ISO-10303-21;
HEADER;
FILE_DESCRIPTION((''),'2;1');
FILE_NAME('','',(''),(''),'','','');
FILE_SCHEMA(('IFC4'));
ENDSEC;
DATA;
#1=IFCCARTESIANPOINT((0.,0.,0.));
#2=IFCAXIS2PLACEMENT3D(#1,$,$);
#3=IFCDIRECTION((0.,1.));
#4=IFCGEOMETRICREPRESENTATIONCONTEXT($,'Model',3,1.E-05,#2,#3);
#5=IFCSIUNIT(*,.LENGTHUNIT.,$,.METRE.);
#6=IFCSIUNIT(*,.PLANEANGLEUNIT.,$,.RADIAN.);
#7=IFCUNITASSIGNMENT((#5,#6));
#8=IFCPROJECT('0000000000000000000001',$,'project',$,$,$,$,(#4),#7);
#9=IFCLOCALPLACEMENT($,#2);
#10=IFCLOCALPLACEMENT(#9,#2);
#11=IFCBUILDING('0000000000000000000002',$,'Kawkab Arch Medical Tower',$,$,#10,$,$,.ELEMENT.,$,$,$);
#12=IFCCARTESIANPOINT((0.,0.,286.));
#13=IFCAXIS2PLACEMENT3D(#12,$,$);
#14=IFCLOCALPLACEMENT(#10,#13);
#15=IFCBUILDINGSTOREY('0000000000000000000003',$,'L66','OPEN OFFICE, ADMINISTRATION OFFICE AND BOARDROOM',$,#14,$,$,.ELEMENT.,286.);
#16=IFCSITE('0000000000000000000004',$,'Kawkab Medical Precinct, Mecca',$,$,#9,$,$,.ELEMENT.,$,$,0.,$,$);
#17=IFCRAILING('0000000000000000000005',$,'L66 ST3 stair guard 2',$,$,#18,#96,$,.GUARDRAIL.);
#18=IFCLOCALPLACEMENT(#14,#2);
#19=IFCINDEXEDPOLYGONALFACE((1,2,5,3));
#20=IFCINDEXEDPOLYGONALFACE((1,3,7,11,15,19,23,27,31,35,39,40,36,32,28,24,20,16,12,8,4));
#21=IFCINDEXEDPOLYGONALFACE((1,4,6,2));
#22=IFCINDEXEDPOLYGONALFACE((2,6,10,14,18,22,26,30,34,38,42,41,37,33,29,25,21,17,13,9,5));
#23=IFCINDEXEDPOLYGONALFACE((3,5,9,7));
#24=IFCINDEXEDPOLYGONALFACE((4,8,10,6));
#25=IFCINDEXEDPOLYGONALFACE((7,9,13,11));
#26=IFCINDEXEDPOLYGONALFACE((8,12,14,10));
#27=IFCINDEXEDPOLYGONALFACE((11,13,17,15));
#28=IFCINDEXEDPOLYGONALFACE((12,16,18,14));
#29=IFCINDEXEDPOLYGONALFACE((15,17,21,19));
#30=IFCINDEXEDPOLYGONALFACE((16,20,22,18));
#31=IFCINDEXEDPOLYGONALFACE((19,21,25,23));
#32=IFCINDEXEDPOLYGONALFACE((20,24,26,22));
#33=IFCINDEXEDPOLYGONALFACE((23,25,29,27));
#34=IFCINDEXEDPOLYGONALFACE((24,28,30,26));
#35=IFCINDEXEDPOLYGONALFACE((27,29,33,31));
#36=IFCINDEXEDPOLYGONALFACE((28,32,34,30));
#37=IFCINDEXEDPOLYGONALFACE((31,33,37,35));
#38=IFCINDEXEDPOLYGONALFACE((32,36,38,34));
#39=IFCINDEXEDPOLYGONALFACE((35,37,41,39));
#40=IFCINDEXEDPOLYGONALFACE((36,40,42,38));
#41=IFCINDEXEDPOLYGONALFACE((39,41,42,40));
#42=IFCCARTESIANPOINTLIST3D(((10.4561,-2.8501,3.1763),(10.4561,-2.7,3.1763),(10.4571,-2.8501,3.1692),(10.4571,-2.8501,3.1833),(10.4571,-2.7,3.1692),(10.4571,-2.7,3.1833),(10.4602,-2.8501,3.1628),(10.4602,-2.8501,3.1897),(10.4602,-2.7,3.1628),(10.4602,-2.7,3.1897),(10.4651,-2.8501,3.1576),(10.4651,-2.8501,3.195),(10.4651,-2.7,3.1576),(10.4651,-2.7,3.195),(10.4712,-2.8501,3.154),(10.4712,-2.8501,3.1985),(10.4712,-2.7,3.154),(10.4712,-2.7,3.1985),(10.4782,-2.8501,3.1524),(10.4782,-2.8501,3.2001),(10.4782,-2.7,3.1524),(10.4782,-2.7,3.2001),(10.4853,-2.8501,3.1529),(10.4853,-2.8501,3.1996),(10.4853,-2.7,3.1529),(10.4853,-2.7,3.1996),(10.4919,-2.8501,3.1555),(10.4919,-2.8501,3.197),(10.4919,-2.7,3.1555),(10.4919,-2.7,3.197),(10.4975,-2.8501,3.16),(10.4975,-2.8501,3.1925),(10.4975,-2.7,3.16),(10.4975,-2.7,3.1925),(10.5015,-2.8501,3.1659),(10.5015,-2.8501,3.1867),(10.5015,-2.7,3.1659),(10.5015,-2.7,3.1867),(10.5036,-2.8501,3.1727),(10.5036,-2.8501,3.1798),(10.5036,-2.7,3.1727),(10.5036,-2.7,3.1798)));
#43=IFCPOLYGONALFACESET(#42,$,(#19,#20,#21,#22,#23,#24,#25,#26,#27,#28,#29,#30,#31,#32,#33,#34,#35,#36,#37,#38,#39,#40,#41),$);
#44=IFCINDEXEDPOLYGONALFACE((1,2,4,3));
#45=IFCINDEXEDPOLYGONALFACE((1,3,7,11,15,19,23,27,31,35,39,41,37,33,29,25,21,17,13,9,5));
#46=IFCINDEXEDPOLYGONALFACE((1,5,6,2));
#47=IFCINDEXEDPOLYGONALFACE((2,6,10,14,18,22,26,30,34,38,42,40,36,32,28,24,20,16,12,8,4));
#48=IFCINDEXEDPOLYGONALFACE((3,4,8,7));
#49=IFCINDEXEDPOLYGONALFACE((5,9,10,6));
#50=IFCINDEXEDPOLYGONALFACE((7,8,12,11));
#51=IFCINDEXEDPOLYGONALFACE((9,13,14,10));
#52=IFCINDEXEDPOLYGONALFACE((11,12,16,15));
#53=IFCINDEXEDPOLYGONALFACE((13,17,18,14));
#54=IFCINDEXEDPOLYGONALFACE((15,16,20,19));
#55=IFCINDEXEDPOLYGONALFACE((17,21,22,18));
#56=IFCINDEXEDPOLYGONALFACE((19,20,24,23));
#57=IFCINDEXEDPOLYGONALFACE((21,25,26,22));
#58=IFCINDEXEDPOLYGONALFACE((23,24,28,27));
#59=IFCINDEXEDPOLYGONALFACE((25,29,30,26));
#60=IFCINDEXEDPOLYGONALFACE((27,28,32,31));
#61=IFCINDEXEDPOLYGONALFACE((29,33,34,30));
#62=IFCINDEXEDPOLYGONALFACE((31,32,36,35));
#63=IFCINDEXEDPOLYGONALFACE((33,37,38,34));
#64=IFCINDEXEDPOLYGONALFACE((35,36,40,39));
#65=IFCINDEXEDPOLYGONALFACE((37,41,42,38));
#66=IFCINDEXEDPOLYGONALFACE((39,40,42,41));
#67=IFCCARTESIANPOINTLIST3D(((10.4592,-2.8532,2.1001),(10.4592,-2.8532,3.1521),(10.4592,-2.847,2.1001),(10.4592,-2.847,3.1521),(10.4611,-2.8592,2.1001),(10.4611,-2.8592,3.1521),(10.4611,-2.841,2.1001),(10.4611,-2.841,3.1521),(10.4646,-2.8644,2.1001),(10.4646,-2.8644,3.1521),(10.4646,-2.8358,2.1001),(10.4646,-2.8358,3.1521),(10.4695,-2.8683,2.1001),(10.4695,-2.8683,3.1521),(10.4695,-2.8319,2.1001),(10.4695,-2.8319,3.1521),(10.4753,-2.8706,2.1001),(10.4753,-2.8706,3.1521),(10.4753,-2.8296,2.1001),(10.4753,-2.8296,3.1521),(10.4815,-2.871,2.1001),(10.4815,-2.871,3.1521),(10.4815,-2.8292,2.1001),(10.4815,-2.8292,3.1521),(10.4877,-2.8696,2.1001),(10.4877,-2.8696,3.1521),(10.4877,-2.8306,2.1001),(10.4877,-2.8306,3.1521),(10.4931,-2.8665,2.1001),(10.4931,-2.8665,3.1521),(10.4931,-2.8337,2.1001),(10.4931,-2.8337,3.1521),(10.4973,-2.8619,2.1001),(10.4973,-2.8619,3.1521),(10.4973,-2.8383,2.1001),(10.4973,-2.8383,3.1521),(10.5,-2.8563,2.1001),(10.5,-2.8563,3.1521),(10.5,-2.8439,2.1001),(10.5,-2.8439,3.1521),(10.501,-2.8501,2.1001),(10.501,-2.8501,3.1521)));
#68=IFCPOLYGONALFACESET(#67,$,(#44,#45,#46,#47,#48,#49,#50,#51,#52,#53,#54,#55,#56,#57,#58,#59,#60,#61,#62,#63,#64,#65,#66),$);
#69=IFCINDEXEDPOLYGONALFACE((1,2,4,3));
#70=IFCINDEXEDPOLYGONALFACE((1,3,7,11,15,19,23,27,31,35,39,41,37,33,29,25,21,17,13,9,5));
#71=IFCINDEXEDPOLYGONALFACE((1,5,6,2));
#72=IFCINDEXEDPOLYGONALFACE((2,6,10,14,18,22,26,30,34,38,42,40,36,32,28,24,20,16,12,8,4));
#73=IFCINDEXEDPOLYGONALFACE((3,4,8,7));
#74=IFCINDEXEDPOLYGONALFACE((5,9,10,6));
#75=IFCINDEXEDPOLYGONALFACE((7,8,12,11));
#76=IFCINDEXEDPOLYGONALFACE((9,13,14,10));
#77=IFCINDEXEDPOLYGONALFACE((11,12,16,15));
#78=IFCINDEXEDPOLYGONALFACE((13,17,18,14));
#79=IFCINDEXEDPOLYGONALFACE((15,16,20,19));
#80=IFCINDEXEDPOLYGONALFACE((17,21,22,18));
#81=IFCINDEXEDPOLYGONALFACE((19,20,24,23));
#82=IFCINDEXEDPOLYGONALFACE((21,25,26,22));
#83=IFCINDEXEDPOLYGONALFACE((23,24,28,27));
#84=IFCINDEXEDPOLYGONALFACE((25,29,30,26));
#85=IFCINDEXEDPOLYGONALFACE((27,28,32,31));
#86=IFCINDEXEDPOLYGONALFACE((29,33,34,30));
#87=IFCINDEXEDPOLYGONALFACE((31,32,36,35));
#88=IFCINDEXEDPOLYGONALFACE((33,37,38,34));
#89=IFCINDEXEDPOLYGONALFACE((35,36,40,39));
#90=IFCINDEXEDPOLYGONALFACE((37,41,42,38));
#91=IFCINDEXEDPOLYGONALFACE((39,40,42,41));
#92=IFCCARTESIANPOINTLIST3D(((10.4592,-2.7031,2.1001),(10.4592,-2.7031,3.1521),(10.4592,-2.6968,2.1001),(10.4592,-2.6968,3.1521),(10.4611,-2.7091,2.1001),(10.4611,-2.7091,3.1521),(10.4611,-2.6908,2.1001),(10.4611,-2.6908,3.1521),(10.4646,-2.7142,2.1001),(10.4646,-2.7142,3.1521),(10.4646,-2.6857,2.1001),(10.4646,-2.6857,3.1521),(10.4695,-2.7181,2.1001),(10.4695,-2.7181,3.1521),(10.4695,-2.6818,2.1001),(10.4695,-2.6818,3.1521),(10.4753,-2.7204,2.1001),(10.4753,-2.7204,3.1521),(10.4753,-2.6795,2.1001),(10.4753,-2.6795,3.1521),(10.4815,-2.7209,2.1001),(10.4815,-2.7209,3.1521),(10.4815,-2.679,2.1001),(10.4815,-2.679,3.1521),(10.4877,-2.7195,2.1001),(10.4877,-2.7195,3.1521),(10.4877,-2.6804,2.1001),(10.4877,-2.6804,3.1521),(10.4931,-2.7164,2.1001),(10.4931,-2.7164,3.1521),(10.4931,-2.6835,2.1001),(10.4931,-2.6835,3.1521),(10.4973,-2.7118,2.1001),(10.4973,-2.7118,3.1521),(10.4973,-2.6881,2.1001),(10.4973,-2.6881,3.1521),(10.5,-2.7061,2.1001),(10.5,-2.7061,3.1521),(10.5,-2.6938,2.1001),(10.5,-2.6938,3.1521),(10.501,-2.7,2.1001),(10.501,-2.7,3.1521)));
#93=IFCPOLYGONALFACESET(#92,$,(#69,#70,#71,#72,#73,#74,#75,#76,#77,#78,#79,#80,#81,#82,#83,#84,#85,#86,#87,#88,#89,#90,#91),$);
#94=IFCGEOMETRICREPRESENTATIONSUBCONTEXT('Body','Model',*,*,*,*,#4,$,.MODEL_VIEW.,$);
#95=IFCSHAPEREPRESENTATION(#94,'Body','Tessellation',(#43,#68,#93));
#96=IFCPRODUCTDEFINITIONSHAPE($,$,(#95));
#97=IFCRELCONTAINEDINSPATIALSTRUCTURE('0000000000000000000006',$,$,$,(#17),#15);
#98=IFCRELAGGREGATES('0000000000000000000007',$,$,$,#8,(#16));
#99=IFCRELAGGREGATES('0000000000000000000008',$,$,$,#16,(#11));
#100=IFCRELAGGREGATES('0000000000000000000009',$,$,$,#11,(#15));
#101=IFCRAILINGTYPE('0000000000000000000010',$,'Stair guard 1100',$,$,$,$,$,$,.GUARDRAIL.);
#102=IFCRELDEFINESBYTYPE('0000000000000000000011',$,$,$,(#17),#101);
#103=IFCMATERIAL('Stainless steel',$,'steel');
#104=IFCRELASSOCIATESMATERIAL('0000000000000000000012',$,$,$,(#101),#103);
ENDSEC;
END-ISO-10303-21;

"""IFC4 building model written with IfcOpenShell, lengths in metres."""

from ifc_helpers import new_model, si_unit, direction, frame, origin, origin_2d, place, context, subcontext, project, spatial, circle, extrude, material, type_object, element, save


model = new_model("IFC4")

# Units and contexts
model_context = context("Model", 3, precision=1e-05, world=origin(), true_north=direction((0.0, 1.0)))
body_context = subcontext(model_context, "Body", "Model", "MODEL_VIEW")
ifc_project = project(units=[si_unit("LENGTHUNIT", "METRE"), si_unit("PLANEANGLEUNIT", "RADIAN")], contexts=[model_context])

# Site, building, storey
site_placement = place(None, origin())
site = spatial("IfcSite", under=ifc_project, at=site_placement, Name="Kawkab Medical Precinct, Mecca", CompositionType="ELEMENT", RefElevation=0.0)
building_placement = place(site_placement, origin())
building = spatial("IfcBuilding", under=site, at=building_placement, Name="Kawkab Arch Medical Tower", CompositionType="ELEMENT")
storey_placement = place(building_placement, frame((0.0, 0.0, 286.0)))
storey = spatial("IfcBuildingStorey", under=building, at=storey_placement, Name="L66", Description="OPEN OFFICE, ADMINISTRATION OFFICE AND BOARDROOM", CompositionType="ELEMENT", Elevation=286.0)

# Railing
ifc_material_1 = material(Name="Stainless steel", Category="steel")
railing_type = type_object("IfcRailingType", Name="Stair guard 1100", PredefinedType="GUARDRAIL", material=ifc_material_1)
railing_1_placement = place(storey_placement, frame((10.48, -2.8501, 2.1001)))
element("IfcRailing", 1, at=railing_1_placement, inside=storey, type_object=railing_type, Name="L66 ST3 stair guard 2", PredefinedType="GUARDRAIL", context=body_context, shape_type="SweptSolid", body=[
    extrude(circle(Radius=0.0239, at=origin_2d()), frame((0.0, 0.0, 1.0762), z_axis=(0.0, 1.0, 0.0), x_axis=(-1.0, 0.0, 0.0)), (0.0, 0.0, 1.0), 0.1501),
    extrude(circle(Radius=0.021, at=origin_2d()), origin(), (0.0, 0.0, 1.0), 1.052),
    extrude(circle(Radius=0.021, at=origin_2d()), frame((0.0, 0.1501, 0.0)), (0.0, 0.0, 1.0), 1.052),
])

save(model, "model.ifc")
